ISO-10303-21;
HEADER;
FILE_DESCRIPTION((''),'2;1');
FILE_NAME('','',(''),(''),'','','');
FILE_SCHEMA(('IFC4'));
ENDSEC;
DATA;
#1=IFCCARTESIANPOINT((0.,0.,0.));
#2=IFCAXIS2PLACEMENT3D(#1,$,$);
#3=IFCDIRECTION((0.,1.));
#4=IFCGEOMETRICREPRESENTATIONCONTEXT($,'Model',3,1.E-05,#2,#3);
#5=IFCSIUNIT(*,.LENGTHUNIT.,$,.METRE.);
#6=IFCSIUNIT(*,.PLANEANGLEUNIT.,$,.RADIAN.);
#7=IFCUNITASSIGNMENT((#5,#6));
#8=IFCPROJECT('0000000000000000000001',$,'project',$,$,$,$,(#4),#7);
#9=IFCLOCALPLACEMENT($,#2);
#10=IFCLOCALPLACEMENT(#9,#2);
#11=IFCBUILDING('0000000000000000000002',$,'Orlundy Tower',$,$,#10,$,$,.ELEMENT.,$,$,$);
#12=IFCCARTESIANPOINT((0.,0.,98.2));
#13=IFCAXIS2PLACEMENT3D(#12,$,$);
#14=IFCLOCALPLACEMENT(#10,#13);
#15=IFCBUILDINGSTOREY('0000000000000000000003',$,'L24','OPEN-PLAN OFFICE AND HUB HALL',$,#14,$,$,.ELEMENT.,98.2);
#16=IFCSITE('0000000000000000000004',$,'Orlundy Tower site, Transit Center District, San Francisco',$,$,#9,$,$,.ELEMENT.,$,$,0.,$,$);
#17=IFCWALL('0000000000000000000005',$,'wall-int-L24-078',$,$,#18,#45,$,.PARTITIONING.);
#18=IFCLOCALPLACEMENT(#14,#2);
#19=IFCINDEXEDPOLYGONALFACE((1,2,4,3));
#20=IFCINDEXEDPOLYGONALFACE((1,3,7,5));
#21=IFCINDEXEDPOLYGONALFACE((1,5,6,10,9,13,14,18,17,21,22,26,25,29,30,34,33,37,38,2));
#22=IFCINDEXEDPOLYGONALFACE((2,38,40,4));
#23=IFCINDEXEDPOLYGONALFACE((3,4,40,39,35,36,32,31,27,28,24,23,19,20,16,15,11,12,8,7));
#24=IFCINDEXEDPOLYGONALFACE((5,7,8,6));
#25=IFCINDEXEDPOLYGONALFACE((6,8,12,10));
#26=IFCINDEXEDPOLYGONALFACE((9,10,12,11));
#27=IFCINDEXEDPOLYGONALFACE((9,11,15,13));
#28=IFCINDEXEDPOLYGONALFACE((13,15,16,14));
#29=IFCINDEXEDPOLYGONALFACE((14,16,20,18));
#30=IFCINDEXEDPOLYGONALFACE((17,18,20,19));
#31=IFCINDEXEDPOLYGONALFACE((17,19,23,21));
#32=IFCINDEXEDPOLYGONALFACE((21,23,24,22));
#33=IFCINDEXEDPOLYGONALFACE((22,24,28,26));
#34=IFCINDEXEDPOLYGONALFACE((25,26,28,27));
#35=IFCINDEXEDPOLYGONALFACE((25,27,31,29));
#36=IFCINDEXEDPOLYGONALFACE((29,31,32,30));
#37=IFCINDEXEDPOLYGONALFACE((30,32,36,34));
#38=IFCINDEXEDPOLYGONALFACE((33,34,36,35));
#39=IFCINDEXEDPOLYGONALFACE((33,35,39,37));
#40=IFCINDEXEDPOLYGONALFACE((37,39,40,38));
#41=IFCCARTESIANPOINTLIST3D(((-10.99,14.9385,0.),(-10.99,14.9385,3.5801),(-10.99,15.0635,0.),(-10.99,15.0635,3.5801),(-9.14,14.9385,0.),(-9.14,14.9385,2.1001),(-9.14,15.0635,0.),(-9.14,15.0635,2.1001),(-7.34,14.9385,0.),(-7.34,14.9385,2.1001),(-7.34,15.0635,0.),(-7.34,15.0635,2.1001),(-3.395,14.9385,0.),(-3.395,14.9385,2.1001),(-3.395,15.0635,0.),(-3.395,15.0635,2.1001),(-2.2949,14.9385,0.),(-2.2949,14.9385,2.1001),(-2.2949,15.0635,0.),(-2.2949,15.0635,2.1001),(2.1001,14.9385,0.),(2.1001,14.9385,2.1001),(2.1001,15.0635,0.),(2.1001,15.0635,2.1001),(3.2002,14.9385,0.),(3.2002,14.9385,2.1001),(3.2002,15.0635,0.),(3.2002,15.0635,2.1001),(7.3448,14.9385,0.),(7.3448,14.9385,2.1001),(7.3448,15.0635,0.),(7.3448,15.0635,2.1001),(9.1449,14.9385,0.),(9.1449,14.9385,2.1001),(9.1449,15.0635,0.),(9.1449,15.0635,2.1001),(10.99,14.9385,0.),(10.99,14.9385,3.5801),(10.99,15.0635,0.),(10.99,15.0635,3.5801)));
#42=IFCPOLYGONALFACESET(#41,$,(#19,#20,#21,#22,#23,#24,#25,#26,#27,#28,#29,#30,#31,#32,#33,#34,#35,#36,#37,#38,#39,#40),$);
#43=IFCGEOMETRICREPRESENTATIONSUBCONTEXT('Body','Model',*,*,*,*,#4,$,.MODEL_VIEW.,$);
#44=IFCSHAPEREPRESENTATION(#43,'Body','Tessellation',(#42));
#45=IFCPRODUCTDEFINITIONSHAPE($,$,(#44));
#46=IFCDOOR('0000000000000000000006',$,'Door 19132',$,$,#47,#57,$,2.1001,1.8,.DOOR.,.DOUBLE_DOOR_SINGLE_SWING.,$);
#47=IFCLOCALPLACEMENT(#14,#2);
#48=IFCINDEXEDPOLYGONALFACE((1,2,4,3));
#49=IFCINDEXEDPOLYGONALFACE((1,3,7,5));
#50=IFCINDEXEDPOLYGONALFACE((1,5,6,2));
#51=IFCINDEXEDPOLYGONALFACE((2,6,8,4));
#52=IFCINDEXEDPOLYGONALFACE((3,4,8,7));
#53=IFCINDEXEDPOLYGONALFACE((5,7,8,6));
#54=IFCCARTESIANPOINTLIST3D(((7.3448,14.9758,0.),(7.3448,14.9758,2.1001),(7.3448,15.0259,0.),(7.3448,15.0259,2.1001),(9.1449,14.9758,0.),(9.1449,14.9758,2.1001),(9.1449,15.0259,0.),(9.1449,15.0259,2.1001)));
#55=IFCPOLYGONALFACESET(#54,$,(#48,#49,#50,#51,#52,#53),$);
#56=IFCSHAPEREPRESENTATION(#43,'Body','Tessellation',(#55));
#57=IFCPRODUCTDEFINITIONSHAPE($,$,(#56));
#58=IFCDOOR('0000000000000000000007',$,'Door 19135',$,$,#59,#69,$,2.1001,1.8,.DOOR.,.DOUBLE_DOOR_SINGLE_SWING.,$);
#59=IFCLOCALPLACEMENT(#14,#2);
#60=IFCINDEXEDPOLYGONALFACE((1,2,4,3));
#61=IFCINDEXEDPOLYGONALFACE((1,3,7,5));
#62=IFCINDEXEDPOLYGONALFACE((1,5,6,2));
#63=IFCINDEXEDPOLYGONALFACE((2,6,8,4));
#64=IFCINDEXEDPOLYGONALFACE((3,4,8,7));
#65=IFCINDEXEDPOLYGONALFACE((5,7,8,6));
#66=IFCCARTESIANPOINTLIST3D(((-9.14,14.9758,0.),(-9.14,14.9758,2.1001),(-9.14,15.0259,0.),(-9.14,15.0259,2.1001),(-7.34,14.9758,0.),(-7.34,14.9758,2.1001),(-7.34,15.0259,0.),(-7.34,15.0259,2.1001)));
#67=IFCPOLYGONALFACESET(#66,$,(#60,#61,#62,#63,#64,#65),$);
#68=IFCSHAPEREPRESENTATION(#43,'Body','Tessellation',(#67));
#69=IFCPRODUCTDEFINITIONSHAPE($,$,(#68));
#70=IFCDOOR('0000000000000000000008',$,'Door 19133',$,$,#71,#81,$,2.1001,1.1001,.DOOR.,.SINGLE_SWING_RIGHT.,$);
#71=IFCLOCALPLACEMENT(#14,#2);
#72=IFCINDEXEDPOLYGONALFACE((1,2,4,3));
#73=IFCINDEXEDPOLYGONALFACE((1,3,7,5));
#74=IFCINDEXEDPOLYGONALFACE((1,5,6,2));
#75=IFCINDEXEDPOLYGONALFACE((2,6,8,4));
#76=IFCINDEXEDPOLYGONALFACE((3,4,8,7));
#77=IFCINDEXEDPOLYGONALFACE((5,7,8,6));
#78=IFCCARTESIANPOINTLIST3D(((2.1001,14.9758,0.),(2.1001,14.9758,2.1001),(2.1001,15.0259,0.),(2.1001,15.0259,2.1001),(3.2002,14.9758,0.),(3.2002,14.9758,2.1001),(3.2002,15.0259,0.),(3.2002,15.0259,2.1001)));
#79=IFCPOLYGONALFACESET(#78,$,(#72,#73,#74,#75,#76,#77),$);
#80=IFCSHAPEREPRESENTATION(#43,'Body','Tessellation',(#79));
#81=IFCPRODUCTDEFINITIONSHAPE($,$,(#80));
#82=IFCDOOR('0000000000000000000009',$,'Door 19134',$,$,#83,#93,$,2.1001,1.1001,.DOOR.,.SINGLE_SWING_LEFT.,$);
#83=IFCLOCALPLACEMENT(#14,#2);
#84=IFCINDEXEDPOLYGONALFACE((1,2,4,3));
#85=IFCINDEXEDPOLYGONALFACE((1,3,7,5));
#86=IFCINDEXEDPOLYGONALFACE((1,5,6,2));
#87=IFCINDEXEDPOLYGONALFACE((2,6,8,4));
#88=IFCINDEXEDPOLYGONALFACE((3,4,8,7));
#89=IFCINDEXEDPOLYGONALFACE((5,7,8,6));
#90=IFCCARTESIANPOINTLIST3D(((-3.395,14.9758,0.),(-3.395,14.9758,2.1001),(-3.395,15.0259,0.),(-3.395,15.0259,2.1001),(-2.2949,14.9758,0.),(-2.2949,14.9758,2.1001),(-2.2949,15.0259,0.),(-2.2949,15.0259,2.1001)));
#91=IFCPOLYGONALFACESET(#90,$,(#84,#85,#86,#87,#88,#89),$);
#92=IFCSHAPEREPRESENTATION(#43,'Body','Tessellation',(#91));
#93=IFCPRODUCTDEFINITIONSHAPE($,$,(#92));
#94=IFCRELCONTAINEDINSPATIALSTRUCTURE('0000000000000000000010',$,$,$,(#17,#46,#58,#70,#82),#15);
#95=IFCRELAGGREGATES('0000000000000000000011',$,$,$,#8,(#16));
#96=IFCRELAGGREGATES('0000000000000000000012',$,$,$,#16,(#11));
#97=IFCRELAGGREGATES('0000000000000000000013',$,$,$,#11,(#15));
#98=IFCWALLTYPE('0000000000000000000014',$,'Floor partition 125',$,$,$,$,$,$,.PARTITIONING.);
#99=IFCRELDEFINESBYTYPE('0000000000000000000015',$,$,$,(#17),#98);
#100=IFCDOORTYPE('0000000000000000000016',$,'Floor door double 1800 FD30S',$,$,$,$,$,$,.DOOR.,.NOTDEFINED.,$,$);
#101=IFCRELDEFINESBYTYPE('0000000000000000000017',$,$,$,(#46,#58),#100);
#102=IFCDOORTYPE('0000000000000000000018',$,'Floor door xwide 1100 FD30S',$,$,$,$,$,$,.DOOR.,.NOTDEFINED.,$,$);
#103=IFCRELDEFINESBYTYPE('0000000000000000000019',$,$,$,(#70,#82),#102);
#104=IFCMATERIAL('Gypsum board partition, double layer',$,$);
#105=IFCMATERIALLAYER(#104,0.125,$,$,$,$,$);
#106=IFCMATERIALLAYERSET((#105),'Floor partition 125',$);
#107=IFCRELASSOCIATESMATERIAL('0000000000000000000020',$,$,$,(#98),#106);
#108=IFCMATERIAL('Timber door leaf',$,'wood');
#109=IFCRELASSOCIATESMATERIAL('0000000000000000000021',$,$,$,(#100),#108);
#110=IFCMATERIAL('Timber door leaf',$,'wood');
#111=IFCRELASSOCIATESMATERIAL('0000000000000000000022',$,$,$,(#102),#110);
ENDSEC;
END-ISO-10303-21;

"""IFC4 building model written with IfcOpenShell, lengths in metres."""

from ifc_helpers import new_model, si_unit, direction, frame, frame_2d, origin, place, context, subcontext, project, spatial, rectangle, extrude, material, layer, layer_set, type_object, element, fill, save


model = new_model("IFC4")

# Units and contexts
model_context = context("Model", 3, precision=1e-05, world=origin(), true_north=direction((0.0, 1.0)))
body_context = subcontext(model_context, "Body", "Model", "MODEL_VIEW")
ifc_project = project(units=[si_unit("LENGTHUNIT", "METRE"), si_unit("PLANEANGLEUNIT", "RADIAN")], contexts=[model_context])

# Site, building, storey
site_placement = place(None, origin())
site = spatial("IfcSite", under=ifc_project, at=site_placement, Name="Orlundy Tower site, Transit Center District, San Francisco", CompositionType="ELEMENT", RefElevation=0.0)
building_placement = place(site_placement, origin())
building = spatial("IfcBuilding", under=site, at=building_placement, Name="Orlundy Tower", CompositionType="ELEMENT")
storey_placement = place(building_placement, frame((0.0, 0.0, 98.2)))
storey = spatial("IfcBuildingStorey", under=building, at=storey_placement, Name="L24", Description="OPEN-PLAN OFFICE AND HUB HALL", CompositionType="ELEMENT", Elevation=98.2)

# Wall, openings, doors
ifc_material_1 = material(Name="Gypsum board partition, double layer")
ifc_layer_1 = layer(ifc_material_1, 0.125)
ifc_layer_set_1 = layer_set([ifc_layer_1], Name="Floor partition 125")
wall_type_1 = type_object("IfcWallType", Name="Floor partition 125", PredefinedType="PARTITIONING", material=ifc_layer_set_1)
wall_1_placement = place(storey_placement, frame((-10.99, 15.001, 0.0), z_axis=(0.0, 0.0, 1.0), x_axis=(1.0, 0.0, 0.0)))
wall_1 = element("IfcWall", 1, at=wall_1_placement, inside=storey, type_object=wall_type_1, Name="wall-int-L24-078", PredefinedType="PARTITIONING", context=body_context, shape_type="SweptSolid", body=[
    extrude(rectangle(XDim=21.98, YDim=0.125, at=frame_2d((10.99, 0.0))), origin(), (0.0, 0.0, 1.0), 3.5801),
])
opening_1_placement = place(wall_1_placement, frame((18.335, 0.0, 0.0)))
opening_1 = element("IfcOpeningElement", 2, at=opening_1_placement, cuts=wall_1, PredefinedType="OPENING", context=body_context, shape_type="SweptSolid", body=[
    extrude(rectangle(XDim=1.8, YDim=2.1001, at=frame_2d((0.8999, 1.05))), frame((0.0, 0.0725, 0.0), z_axis=(0.0, -1.0, 0.0), x_axis=(1.0, 0.0, 0.0)), (0.0, 0.0, 1.0), 0.145),
])
opening_2_placement = place(wall_1_placement, frame((13.0901, 0.0, 0.0)))
opening_2 = element("IfcOpeningElement", 3, at=opening_2_placement, cuts=wall_1, PredefinedType="OPENING", context=body_context, shape_type="SweptSolid", body=[
    extrude(rectangle(XDim=1.1001, YDim=2.1001, at=frame_2d((0.55, 1.05))), frame((0.0, 0.0725, 0.0), z_axis=(0.0, -1.0, 0.0), x_axis=(1.0, 0.0, 0.0)), (0.0, 0.0, 1.0), 0.145),
])
opening_3_placement = place(wall_1_placement, frame((7.595, 0.0, 0.0)))
opening_3 = element("IfcOpeningElement", 4, at=opening_3_placement, cuts=wall_1, PredefinedType="OPENING", context=body_context, shape_type="SweptSolid", body=[
    extrude(rectangle(XDim=1.1001, YDim=2.1001, at=frame_2d((0.55, 1.05))), frame((0.0, 0.0725, 0.0), z_axis=(0.0, -1.0, 0.0), x_axis=(1.0, 0.0, 0.0)), (0.0, 0.0, 1.0), 0.145),
])
opening_4_placement = place(wall_1_placement, frame((1.8501, 0.0, 0.0)))
opening_4 = element("IfcOpeningElement", 5, at=opening_4_placement, cuts=wall_1, PredefinedType="OPENING", context=body_context, shape_type="SweptSolid", body=[
    extrude(rectangle(XDim=1.8, YDim=2.1001, at=frame_2d((0.8999, 1.05))), frame((0.0, 0.0725, 0.0), z_axis=(0.0, -1.0, 0.0), x_axis=(1.0, 0.0, 0.0)), (0.0, 0.0, 1.0), 0.145),
])
ifc_material_2 = material(Name="Timber door leaf", Category="wood")
door_type_1 = type_object("IfcDoorType", Name="Floor door double 1800 FD30S", OperationType="NOTDEFINED", PredefinedType="DOOR", material=ifc_material_2)
door_1_placement = place(opening_1_placement, origin())
door_1 = element("IfcDoor", 6, at=door_1_placement, inside=storey, type_object=door_type_1, Name="Door 19132", OperationType="DOUBLE_DOOR_SINGLE_SWING", OverallHeight=2.1001, OverallWidth=1.8, PredefinedType="DOOR", context=body_context, shape_type="SweptSolid", body=[
    extrude(rectangle(XDim=1.8, YDim=2.1001, at=frame_2d((0.8999, 1.05))), frame((0.0, 0.0249, 0.0), z_axis=(0.0, -1.0, 0.0), x_axis=(1.0, 0.0, 0.0)), (0.0, 0.0, 1.0), 0.05),
])
fill(opening_1, door_1)
door_2_placement = place(opening_4_placement, origin())
door_2 = element("IfcDoor", 7, at=door_2_placement, inside=storey, type_object=door_type_1, Name="Door 19135", OperationType="DOUBLE_DOOR_SINGLE_SWING", OverallHeight=2.1001, OverallWidth=1.8, PredefinedType="DOOR", context=body_context, shape_type="SweptSolid", body=[
    extrude(rectangle(XDim=1.8, YDim=2.1001, at=frame_2d((0.8999, 1.05))), frame((0.0, 0.0249, 0.0), z_axis=(0.0, -1.0, 0.0), x_axis=(1.0, 0.0, 0.0)), (0.0, 0.0, 1.0), 0.05),
])
fill(opening_4, door_2)
ifc_material_3 = material(Name="Timber door leaf", Category="wood")
door_type_2 = type_object("IfcDoorType", Name="Floor door xwide 1100 FD30S", OperationType="NOTDEFINED", PredefinedType="DOOR", material=ifc_material_3)
door_3_placement = place(opening_2_placement, origin())
door_3 = element("IfcDoor", 8, at=door_3_placement, inside=storey, type_object=door_type_2, Name="Door 19133", OperationType="SINGLE_SWING_RIGHT", OverallHeight=2.1001, OverallWidth=1.1001, PredefinedType="DOOR", context=body_context, shape_type="SweptSolid", body=[
    extrude(rectangle(XDim=1.1001, YDim=2.1001, at=frame_2d((0.55, 1.05))), frame((0.0, 0.0249, 0.0), z_axis=(0.0, -1.0, 0.0), x_axis=(1.0, 0.0, 0.0)), (0.0, 0.0, 1.0), 0.05),
])
fill(opening_2, door_3)
door_4_placement = place(opening_3_placement, origin())
door_4 = element("IfcDoor", 9, at=door_4_placement, inside=storey, type_object=door_type_2, Name="Door 19134", OperationType="SINGLE_SWING_LEFT", OverallHeight=2.1001, OverallWidth=1.1001, PredefinedType="DOOR", context=body_context, shape_type="SweptSolid", body=[
    extrude(rectangle(XDim=1.1001, YDim=2.1001, at=frame_2d((0.55, 1.05))), frame((0.0, 0.0249, 0.0), z_axis=(0.0, -1.0, 0.0), x_axis=(1.0, 0.0, 0.0)), (0.0, 0.0, 1.0), 0.05),
])
fill(opening_3, door_4)

save(model, "model.ifc")
